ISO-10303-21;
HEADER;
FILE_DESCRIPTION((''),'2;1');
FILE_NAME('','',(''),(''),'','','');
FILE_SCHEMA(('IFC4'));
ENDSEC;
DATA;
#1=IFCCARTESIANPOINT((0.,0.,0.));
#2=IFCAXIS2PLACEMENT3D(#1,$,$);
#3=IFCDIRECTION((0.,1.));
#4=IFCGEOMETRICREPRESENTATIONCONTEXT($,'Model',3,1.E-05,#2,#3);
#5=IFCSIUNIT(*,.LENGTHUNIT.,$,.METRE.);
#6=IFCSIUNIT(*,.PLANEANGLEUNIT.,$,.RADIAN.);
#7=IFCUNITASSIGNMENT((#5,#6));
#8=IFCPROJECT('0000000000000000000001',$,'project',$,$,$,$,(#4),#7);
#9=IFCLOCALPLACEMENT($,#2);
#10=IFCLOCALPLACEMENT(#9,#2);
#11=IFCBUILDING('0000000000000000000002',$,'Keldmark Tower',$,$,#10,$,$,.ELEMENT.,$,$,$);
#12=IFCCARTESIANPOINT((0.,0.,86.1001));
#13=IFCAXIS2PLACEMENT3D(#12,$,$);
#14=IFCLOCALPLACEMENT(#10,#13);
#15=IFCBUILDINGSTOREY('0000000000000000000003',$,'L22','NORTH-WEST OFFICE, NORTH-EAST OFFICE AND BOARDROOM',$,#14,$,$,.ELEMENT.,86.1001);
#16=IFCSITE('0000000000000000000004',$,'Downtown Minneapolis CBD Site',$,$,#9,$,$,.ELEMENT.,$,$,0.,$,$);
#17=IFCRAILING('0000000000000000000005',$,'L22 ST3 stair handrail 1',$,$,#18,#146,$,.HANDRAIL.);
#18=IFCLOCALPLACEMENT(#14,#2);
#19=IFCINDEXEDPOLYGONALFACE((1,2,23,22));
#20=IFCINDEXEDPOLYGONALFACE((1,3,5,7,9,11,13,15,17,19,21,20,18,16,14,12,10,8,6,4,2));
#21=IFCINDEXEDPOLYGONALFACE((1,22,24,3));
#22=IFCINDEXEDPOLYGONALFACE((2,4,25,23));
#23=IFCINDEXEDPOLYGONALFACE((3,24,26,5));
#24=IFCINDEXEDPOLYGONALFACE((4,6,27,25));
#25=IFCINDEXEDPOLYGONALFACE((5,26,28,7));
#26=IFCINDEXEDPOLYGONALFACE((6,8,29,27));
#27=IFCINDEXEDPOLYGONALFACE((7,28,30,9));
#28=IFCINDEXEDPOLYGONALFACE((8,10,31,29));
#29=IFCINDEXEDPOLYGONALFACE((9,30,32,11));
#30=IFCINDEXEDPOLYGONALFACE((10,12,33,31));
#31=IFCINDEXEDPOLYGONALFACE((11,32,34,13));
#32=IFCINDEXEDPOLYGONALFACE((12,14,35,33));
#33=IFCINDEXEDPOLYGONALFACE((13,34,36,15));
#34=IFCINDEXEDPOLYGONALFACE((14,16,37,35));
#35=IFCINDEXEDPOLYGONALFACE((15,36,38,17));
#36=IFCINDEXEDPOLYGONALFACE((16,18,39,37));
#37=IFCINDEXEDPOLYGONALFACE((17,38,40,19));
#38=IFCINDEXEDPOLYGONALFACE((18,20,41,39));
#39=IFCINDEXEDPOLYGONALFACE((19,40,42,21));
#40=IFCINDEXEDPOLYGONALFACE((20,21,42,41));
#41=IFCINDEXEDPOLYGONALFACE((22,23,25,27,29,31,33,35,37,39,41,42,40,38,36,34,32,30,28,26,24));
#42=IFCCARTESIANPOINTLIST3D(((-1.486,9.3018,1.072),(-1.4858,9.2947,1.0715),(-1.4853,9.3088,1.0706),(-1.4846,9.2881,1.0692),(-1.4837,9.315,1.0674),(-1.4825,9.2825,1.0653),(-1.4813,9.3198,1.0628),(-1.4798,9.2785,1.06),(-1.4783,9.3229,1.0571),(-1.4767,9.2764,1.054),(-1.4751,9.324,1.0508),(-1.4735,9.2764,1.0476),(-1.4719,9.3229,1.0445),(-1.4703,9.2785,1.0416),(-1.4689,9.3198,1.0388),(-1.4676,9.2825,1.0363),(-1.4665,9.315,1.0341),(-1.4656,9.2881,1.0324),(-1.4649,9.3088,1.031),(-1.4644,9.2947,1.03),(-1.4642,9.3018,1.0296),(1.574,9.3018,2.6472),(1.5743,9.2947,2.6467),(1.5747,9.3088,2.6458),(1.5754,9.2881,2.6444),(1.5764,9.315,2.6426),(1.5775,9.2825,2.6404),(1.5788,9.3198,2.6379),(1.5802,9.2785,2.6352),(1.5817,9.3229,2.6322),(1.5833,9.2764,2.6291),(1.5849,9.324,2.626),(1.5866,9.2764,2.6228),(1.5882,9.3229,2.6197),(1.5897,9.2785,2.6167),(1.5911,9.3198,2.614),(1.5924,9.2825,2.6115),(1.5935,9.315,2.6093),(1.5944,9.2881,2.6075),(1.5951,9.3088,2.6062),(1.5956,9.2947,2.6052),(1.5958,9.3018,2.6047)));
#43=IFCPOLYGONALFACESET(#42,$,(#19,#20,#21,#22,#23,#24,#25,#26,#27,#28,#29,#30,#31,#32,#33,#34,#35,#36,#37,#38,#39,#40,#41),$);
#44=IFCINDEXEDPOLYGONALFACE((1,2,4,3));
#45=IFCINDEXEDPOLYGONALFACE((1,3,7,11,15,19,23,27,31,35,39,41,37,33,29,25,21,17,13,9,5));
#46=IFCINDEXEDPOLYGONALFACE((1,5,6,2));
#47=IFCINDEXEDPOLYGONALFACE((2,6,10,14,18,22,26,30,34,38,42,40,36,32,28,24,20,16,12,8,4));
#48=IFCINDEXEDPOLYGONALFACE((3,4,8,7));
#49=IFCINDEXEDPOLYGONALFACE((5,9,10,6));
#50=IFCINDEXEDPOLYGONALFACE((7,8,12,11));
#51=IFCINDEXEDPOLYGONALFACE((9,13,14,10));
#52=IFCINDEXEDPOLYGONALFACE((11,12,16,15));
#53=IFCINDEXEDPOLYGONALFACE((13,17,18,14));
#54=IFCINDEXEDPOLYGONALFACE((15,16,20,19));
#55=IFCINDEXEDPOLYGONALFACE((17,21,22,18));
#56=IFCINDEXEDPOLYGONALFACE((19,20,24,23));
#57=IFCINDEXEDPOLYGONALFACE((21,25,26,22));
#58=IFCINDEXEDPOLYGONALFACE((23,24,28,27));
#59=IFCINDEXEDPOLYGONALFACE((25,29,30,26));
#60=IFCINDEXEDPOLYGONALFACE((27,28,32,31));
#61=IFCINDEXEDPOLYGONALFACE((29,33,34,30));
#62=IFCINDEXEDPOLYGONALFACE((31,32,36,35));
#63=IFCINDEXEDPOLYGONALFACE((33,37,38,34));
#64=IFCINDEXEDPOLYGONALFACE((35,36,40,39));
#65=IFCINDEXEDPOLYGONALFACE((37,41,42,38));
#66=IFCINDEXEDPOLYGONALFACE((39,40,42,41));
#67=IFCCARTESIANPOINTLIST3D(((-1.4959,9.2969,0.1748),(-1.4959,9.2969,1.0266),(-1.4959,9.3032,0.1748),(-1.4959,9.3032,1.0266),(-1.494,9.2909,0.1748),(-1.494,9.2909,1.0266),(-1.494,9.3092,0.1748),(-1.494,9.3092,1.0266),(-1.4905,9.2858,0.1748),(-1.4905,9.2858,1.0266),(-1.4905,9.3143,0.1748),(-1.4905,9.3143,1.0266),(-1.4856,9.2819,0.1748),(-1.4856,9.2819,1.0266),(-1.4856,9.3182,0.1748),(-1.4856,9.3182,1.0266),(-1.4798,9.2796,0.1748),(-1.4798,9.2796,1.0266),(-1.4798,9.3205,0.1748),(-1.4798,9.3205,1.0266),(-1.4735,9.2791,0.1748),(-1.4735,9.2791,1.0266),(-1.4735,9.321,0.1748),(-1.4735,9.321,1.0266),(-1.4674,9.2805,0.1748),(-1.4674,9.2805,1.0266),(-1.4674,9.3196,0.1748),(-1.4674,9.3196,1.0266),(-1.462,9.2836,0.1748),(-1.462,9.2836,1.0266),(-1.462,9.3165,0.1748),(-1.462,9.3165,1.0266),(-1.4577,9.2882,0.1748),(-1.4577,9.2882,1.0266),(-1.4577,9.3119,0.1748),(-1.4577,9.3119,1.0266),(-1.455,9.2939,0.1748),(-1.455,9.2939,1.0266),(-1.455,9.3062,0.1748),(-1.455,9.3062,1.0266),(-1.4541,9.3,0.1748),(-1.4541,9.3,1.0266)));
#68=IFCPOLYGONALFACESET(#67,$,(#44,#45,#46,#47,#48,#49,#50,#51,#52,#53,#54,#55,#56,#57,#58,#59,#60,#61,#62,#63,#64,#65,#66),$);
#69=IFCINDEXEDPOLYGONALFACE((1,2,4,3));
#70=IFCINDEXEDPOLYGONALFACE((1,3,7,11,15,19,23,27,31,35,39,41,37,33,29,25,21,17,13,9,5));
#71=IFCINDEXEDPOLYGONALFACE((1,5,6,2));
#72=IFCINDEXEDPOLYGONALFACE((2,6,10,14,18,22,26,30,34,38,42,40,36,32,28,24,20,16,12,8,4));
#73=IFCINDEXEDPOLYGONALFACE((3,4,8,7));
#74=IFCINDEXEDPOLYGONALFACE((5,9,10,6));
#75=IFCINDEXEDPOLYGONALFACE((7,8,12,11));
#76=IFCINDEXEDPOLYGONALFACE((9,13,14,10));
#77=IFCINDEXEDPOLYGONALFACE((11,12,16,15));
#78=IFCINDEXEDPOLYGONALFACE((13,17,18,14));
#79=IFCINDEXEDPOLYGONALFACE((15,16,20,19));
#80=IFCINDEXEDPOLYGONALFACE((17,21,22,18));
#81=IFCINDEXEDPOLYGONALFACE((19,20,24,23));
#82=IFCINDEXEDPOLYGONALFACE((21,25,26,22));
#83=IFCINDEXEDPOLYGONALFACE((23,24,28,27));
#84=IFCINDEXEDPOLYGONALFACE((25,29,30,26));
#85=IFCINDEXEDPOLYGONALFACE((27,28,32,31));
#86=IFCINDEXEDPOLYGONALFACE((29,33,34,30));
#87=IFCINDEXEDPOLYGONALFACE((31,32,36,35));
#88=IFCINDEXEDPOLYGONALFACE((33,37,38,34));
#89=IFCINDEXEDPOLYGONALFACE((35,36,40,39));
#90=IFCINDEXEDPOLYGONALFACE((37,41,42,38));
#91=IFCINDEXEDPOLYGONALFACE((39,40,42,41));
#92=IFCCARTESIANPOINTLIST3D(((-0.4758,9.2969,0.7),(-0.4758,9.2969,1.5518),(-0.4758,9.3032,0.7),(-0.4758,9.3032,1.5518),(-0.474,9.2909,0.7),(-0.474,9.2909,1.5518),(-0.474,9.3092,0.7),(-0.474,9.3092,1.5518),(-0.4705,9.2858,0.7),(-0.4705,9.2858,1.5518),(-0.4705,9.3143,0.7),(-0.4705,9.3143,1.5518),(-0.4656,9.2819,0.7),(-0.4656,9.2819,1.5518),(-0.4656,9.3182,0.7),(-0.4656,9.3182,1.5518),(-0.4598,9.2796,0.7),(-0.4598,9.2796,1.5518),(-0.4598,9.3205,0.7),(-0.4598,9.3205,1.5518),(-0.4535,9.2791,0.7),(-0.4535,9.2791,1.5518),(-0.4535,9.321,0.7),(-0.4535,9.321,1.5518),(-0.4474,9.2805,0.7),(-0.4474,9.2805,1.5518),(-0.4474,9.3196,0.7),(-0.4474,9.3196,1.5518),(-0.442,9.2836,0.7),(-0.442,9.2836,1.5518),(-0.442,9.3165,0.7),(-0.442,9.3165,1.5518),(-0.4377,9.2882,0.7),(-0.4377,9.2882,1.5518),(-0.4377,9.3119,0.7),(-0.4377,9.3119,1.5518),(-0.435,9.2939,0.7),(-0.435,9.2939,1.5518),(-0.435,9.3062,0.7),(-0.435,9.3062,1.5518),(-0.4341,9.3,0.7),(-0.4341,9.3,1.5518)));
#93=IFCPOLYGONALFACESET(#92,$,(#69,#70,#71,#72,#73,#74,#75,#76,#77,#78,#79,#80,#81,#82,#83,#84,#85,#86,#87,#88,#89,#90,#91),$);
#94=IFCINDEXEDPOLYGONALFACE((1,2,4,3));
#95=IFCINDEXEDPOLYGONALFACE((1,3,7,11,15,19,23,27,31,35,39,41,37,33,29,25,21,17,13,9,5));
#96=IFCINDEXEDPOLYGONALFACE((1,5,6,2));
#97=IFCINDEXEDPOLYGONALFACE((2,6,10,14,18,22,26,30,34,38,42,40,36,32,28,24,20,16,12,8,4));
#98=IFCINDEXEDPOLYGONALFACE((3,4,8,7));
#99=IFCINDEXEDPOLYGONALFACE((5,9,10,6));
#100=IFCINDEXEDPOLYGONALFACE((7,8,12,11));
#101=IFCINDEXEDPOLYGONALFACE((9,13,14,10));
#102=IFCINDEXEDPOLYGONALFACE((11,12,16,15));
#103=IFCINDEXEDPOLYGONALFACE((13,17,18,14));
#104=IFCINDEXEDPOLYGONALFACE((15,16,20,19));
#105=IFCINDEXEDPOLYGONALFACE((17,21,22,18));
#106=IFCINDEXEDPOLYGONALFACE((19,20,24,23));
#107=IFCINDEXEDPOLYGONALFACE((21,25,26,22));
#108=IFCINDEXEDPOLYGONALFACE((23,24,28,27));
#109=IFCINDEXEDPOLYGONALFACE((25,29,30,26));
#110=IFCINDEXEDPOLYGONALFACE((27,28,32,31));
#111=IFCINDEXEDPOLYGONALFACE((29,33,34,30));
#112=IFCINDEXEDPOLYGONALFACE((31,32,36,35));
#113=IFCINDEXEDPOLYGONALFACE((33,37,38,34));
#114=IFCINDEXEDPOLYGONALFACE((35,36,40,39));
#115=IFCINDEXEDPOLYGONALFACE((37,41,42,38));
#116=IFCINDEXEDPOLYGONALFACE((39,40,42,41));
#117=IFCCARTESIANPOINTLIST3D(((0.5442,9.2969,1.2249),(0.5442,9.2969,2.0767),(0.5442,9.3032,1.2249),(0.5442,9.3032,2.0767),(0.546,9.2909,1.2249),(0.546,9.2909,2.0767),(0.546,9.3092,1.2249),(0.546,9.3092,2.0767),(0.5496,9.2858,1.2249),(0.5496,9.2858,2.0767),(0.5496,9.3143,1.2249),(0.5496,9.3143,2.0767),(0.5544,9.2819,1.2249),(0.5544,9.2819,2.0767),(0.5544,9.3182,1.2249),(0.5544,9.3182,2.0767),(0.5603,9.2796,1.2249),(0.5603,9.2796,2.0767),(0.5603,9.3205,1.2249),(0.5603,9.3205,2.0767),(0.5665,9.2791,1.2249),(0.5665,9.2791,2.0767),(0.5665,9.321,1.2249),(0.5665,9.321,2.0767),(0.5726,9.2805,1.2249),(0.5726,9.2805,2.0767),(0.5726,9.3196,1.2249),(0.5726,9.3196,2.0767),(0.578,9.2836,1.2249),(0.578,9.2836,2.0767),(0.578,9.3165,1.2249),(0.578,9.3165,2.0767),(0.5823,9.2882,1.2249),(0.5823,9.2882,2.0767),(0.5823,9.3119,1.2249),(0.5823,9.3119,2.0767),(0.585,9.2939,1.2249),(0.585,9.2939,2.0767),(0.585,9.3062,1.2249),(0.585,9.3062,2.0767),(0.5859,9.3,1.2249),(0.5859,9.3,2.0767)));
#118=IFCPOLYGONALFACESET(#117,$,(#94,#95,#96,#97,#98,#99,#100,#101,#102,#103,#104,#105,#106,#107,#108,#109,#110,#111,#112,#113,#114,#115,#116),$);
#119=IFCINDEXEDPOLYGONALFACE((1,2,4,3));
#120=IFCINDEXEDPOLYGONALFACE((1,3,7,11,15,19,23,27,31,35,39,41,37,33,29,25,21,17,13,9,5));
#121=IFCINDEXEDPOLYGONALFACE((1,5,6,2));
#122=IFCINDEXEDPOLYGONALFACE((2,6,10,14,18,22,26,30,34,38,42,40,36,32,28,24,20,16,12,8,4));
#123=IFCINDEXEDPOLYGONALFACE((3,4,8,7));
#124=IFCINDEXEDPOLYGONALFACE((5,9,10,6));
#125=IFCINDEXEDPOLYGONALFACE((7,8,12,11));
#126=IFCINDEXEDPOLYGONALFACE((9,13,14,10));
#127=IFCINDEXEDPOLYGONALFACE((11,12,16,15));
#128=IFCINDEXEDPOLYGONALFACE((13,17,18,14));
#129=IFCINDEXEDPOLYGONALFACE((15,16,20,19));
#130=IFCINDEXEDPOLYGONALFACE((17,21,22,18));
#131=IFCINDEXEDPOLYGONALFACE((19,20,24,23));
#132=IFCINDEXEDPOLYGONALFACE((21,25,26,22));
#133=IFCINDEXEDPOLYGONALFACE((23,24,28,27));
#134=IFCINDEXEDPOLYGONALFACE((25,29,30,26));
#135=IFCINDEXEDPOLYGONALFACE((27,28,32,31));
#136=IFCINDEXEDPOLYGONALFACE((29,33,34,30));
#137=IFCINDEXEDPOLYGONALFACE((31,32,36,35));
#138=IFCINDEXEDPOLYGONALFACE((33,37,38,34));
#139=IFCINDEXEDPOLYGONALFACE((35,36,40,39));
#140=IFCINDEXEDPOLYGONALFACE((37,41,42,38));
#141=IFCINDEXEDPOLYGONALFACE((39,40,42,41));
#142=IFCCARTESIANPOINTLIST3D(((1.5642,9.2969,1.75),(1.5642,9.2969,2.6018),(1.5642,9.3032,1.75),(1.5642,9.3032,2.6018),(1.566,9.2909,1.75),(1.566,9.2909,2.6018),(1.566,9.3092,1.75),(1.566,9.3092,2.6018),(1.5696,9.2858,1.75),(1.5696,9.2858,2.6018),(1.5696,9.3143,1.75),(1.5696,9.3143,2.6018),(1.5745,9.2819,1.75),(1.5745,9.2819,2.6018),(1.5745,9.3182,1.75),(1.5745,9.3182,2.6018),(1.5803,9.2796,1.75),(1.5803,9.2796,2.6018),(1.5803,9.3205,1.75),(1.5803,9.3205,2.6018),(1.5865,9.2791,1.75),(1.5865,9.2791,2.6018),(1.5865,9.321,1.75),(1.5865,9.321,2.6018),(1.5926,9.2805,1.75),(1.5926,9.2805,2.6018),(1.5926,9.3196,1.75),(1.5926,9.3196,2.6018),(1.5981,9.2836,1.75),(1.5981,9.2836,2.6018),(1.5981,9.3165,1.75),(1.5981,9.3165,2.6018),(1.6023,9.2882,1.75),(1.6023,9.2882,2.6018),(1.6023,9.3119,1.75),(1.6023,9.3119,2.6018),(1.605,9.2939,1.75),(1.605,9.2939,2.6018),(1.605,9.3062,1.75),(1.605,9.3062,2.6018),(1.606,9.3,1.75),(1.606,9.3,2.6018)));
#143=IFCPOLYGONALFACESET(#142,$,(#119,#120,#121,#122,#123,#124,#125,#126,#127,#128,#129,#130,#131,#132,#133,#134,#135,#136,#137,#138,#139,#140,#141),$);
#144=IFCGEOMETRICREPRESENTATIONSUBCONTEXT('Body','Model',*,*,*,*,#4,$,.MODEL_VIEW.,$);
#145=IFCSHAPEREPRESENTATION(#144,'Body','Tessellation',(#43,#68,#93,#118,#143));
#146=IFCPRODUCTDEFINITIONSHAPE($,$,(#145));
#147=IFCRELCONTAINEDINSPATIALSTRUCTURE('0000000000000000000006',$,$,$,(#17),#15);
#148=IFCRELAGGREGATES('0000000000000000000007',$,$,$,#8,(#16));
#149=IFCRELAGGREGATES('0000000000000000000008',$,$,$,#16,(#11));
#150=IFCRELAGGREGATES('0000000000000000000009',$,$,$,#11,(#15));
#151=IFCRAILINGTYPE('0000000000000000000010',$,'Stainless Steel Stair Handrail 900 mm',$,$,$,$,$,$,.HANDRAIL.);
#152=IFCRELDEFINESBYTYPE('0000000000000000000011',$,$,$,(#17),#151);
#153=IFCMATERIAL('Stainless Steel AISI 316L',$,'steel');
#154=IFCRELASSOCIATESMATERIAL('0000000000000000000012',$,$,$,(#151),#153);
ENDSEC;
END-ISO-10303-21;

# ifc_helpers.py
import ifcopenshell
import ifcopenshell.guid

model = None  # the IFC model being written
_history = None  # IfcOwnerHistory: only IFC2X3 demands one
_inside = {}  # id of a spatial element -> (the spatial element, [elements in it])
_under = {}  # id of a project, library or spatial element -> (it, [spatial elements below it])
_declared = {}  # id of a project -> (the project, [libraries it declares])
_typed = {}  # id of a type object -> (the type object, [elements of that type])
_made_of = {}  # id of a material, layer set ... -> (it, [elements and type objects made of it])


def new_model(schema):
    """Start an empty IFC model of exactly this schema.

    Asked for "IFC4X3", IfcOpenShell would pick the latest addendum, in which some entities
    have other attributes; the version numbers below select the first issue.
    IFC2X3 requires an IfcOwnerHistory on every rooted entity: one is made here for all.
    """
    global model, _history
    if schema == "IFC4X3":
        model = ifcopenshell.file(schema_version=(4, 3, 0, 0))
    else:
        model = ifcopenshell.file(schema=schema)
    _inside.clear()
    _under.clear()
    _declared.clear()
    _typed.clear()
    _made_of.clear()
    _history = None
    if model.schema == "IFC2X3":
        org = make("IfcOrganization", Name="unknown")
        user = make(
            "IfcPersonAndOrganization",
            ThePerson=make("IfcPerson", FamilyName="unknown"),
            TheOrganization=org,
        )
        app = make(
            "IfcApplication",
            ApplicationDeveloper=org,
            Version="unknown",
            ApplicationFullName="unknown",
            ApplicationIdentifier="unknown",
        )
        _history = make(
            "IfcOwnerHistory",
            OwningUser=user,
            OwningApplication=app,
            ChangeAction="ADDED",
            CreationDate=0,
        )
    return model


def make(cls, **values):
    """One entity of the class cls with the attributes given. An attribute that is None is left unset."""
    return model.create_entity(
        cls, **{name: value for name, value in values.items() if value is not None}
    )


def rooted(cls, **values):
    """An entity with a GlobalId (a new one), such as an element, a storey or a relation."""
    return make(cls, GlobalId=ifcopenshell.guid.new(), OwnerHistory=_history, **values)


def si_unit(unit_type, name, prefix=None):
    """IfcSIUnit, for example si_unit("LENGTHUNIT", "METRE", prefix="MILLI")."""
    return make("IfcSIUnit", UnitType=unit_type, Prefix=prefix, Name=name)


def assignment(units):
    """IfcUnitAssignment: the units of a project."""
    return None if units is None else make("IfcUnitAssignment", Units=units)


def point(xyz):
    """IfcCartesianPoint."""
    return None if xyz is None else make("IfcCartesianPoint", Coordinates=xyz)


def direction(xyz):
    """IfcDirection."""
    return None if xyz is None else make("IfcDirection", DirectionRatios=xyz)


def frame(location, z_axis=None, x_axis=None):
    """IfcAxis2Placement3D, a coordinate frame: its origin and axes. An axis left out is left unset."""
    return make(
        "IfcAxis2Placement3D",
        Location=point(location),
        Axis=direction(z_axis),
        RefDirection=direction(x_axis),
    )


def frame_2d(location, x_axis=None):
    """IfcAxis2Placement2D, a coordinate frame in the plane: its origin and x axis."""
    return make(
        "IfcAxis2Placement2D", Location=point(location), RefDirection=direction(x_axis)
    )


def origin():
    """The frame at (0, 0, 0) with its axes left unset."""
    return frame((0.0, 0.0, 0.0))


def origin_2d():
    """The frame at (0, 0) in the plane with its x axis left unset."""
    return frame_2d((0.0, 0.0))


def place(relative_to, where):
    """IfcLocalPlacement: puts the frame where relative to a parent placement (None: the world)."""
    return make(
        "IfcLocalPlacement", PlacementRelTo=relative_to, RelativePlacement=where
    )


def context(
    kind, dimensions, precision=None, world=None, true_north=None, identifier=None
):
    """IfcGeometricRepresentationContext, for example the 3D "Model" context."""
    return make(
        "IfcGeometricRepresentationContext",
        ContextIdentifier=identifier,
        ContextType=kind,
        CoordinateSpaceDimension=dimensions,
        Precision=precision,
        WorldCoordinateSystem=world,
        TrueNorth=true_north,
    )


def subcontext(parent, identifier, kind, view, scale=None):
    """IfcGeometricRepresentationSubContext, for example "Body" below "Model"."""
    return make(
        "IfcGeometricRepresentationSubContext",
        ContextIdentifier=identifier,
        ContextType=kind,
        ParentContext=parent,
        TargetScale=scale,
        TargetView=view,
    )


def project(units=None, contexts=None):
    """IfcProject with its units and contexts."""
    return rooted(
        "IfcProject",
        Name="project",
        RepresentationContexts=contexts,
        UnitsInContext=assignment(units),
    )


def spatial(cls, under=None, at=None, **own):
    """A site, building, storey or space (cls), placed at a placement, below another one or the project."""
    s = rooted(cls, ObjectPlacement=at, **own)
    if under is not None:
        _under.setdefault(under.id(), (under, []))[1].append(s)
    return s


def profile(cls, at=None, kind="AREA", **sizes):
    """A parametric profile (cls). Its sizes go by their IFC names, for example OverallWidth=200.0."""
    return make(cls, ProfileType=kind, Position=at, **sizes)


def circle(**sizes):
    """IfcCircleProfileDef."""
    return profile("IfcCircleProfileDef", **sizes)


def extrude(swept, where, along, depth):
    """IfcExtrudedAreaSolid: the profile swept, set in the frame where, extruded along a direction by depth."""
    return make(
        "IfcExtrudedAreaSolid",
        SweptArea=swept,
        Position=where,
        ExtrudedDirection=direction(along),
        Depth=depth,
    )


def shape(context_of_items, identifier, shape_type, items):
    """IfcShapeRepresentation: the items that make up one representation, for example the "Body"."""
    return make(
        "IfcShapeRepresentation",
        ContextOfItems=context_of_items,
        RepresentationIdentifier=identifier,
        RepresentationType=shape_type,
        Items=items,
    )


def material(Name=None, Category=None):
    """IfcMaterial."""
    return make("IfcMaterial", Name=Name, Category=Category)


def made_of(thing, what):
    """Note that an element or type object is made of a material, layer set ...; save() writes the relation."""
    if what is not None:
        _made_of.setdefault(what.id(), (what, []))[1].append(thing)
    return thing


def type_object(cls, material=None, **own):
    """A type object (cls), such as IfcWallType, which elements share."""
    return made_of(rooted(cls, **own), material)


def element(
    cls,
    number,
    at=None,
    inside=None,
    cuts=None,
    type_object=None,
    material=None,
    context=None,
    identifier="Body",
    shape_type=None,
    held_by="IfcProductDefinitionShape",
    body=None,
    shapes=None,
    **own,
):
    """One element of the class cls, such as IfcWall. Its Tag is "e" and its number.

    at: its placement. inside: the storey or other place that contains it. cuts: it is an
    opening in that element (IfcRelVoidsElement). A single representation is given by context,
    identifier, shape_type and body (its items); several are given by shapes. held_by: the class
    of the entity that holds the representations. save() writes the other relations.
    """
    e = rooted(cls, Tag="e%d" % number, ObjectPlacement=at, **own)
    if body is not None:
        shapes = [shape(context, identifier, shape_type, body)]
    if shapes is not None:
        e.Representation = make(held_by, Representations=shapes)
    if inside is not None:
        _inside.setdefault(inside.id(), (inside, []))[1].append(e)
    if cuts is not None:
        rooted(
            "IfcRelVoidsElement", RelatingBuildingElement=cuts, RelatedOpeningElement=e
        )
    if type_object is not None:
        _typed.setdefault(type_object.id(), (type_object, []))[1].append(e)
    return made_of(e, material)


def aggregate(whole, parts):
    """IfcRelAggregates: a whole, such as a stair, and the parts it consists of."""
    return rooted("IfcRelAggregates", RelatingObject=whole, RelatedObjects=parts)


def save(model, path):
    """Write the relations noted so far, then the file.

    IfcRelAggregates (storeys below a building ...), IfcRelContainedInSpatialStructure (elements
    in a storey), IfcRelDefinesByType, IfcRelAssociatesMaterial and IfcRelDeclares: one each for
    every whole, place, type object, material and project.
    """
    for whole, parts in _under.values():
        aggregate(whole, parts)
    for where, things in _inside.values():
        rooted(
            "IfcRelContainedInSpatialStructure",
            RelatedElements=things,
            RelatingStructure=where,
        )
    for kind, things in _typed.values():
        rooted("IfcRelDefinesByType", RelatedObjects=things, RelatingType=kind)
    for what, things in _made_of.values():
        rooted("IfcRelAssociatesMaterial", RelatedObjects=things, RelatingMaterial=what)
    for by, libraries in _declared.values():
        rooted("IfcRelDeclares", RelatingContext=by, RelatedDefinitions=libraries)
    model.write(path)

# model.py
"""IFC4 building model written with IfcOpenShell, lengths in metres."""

from ifc_helpers import new_model, si_unit, direction, frame, origin, origin_2d, place, context, subcontext, project, spatial, circle, extrude, material, type_object, element, save


model = new_model("IFC4")

# Units and contexts
model_context = context("Model", 3, precision=1e-05, world=origin(), true_north=direction((0.0, 1.0)))
body_context = subcontext(model_context, "Body", "Model", "MODEL_VIEW")
ifc_project = project(units=[si_unit("LENGTHUNIT", "METRE"), si_unit("PLANEANGLEUNIT", "RADIAN")], contexts=[model_context])

# Site, building, storey
site_placement = place(None, origin())
site = spatial("IfcSite", under=ifc_project, at=site_placement, Name="Downtown Minneapolis CBD Site", CompositionType="ELEMENT", RefElevation=0.0)
building_placement = place(site_placement, origin())
building = spatial("IfcBuilding", under=site, at=building_placement, Name="Keldmark Tower", CompositionType="ELEMENT")
storey_placement = place(building_placement, frame((0.0, 0.0, 86.1001)))
storey = spatial("IfcBuildingStorey", under=building, at=storey_placement, Name="L22", Description="NORTH-WEST OFFICE, NORTH-EAST OFFICE AND BOARDROOM", CompositionType="ELEMENT", Elevation=86.1001)

# Railing
ifc_material_1 = material(Name="Stainless Steel AISI 316L", Category="steel")
railing_type = type_object("IfcRailingType", Name="Stainless Steel Stair Handrail 900 mm", PredefinedType="HANDRAIL", material=ifc_material_1)
railing_placement = place(storey_placement, frame((-1.4751, 9.3, 0.1748)))
element("IfcRailing", 1, at=railing_placement, inside=storey, type_object=railing_type, Name="L22 ST3 stair handrail 1", PredefinedType="HANDRAIL", context=body_context, shape_type="SweptSolid", body=[
    extrude(circle(Radius=0.0239, at=origin_2d()), frame((0.0, 0.0, 0.876), z_axis=(0.889116, 0.0, 0.457681), x_axis=(0.0, 1.0, 0.0)), (0.0, 0.0, 1.0), 3.4417),
    extrude(circle(Radius=0.021, at=origin_2d()), origin(), (0.0, 0.0, 1.0), 0.8518),
    extrude(circle(Radius=0.021, at=origin_2d()), frame((1.02, 0.0, 0.5251)), (0.0, 0.0, 1.0), 0.8518),
    extrude(circle(Radius=0.021, at=origin_2d()), frame((2.04, 0.0, 1.05)), (0.0, 0.0, 1.0), 0.8518),
    extrude(circle(Radius=0.021, at=origin_2d()), frame((3.0601, 0.0, 1.5752)), (0.0, 0.0, 1.0), 0.8518),
])

save(model, "model.ifc")
